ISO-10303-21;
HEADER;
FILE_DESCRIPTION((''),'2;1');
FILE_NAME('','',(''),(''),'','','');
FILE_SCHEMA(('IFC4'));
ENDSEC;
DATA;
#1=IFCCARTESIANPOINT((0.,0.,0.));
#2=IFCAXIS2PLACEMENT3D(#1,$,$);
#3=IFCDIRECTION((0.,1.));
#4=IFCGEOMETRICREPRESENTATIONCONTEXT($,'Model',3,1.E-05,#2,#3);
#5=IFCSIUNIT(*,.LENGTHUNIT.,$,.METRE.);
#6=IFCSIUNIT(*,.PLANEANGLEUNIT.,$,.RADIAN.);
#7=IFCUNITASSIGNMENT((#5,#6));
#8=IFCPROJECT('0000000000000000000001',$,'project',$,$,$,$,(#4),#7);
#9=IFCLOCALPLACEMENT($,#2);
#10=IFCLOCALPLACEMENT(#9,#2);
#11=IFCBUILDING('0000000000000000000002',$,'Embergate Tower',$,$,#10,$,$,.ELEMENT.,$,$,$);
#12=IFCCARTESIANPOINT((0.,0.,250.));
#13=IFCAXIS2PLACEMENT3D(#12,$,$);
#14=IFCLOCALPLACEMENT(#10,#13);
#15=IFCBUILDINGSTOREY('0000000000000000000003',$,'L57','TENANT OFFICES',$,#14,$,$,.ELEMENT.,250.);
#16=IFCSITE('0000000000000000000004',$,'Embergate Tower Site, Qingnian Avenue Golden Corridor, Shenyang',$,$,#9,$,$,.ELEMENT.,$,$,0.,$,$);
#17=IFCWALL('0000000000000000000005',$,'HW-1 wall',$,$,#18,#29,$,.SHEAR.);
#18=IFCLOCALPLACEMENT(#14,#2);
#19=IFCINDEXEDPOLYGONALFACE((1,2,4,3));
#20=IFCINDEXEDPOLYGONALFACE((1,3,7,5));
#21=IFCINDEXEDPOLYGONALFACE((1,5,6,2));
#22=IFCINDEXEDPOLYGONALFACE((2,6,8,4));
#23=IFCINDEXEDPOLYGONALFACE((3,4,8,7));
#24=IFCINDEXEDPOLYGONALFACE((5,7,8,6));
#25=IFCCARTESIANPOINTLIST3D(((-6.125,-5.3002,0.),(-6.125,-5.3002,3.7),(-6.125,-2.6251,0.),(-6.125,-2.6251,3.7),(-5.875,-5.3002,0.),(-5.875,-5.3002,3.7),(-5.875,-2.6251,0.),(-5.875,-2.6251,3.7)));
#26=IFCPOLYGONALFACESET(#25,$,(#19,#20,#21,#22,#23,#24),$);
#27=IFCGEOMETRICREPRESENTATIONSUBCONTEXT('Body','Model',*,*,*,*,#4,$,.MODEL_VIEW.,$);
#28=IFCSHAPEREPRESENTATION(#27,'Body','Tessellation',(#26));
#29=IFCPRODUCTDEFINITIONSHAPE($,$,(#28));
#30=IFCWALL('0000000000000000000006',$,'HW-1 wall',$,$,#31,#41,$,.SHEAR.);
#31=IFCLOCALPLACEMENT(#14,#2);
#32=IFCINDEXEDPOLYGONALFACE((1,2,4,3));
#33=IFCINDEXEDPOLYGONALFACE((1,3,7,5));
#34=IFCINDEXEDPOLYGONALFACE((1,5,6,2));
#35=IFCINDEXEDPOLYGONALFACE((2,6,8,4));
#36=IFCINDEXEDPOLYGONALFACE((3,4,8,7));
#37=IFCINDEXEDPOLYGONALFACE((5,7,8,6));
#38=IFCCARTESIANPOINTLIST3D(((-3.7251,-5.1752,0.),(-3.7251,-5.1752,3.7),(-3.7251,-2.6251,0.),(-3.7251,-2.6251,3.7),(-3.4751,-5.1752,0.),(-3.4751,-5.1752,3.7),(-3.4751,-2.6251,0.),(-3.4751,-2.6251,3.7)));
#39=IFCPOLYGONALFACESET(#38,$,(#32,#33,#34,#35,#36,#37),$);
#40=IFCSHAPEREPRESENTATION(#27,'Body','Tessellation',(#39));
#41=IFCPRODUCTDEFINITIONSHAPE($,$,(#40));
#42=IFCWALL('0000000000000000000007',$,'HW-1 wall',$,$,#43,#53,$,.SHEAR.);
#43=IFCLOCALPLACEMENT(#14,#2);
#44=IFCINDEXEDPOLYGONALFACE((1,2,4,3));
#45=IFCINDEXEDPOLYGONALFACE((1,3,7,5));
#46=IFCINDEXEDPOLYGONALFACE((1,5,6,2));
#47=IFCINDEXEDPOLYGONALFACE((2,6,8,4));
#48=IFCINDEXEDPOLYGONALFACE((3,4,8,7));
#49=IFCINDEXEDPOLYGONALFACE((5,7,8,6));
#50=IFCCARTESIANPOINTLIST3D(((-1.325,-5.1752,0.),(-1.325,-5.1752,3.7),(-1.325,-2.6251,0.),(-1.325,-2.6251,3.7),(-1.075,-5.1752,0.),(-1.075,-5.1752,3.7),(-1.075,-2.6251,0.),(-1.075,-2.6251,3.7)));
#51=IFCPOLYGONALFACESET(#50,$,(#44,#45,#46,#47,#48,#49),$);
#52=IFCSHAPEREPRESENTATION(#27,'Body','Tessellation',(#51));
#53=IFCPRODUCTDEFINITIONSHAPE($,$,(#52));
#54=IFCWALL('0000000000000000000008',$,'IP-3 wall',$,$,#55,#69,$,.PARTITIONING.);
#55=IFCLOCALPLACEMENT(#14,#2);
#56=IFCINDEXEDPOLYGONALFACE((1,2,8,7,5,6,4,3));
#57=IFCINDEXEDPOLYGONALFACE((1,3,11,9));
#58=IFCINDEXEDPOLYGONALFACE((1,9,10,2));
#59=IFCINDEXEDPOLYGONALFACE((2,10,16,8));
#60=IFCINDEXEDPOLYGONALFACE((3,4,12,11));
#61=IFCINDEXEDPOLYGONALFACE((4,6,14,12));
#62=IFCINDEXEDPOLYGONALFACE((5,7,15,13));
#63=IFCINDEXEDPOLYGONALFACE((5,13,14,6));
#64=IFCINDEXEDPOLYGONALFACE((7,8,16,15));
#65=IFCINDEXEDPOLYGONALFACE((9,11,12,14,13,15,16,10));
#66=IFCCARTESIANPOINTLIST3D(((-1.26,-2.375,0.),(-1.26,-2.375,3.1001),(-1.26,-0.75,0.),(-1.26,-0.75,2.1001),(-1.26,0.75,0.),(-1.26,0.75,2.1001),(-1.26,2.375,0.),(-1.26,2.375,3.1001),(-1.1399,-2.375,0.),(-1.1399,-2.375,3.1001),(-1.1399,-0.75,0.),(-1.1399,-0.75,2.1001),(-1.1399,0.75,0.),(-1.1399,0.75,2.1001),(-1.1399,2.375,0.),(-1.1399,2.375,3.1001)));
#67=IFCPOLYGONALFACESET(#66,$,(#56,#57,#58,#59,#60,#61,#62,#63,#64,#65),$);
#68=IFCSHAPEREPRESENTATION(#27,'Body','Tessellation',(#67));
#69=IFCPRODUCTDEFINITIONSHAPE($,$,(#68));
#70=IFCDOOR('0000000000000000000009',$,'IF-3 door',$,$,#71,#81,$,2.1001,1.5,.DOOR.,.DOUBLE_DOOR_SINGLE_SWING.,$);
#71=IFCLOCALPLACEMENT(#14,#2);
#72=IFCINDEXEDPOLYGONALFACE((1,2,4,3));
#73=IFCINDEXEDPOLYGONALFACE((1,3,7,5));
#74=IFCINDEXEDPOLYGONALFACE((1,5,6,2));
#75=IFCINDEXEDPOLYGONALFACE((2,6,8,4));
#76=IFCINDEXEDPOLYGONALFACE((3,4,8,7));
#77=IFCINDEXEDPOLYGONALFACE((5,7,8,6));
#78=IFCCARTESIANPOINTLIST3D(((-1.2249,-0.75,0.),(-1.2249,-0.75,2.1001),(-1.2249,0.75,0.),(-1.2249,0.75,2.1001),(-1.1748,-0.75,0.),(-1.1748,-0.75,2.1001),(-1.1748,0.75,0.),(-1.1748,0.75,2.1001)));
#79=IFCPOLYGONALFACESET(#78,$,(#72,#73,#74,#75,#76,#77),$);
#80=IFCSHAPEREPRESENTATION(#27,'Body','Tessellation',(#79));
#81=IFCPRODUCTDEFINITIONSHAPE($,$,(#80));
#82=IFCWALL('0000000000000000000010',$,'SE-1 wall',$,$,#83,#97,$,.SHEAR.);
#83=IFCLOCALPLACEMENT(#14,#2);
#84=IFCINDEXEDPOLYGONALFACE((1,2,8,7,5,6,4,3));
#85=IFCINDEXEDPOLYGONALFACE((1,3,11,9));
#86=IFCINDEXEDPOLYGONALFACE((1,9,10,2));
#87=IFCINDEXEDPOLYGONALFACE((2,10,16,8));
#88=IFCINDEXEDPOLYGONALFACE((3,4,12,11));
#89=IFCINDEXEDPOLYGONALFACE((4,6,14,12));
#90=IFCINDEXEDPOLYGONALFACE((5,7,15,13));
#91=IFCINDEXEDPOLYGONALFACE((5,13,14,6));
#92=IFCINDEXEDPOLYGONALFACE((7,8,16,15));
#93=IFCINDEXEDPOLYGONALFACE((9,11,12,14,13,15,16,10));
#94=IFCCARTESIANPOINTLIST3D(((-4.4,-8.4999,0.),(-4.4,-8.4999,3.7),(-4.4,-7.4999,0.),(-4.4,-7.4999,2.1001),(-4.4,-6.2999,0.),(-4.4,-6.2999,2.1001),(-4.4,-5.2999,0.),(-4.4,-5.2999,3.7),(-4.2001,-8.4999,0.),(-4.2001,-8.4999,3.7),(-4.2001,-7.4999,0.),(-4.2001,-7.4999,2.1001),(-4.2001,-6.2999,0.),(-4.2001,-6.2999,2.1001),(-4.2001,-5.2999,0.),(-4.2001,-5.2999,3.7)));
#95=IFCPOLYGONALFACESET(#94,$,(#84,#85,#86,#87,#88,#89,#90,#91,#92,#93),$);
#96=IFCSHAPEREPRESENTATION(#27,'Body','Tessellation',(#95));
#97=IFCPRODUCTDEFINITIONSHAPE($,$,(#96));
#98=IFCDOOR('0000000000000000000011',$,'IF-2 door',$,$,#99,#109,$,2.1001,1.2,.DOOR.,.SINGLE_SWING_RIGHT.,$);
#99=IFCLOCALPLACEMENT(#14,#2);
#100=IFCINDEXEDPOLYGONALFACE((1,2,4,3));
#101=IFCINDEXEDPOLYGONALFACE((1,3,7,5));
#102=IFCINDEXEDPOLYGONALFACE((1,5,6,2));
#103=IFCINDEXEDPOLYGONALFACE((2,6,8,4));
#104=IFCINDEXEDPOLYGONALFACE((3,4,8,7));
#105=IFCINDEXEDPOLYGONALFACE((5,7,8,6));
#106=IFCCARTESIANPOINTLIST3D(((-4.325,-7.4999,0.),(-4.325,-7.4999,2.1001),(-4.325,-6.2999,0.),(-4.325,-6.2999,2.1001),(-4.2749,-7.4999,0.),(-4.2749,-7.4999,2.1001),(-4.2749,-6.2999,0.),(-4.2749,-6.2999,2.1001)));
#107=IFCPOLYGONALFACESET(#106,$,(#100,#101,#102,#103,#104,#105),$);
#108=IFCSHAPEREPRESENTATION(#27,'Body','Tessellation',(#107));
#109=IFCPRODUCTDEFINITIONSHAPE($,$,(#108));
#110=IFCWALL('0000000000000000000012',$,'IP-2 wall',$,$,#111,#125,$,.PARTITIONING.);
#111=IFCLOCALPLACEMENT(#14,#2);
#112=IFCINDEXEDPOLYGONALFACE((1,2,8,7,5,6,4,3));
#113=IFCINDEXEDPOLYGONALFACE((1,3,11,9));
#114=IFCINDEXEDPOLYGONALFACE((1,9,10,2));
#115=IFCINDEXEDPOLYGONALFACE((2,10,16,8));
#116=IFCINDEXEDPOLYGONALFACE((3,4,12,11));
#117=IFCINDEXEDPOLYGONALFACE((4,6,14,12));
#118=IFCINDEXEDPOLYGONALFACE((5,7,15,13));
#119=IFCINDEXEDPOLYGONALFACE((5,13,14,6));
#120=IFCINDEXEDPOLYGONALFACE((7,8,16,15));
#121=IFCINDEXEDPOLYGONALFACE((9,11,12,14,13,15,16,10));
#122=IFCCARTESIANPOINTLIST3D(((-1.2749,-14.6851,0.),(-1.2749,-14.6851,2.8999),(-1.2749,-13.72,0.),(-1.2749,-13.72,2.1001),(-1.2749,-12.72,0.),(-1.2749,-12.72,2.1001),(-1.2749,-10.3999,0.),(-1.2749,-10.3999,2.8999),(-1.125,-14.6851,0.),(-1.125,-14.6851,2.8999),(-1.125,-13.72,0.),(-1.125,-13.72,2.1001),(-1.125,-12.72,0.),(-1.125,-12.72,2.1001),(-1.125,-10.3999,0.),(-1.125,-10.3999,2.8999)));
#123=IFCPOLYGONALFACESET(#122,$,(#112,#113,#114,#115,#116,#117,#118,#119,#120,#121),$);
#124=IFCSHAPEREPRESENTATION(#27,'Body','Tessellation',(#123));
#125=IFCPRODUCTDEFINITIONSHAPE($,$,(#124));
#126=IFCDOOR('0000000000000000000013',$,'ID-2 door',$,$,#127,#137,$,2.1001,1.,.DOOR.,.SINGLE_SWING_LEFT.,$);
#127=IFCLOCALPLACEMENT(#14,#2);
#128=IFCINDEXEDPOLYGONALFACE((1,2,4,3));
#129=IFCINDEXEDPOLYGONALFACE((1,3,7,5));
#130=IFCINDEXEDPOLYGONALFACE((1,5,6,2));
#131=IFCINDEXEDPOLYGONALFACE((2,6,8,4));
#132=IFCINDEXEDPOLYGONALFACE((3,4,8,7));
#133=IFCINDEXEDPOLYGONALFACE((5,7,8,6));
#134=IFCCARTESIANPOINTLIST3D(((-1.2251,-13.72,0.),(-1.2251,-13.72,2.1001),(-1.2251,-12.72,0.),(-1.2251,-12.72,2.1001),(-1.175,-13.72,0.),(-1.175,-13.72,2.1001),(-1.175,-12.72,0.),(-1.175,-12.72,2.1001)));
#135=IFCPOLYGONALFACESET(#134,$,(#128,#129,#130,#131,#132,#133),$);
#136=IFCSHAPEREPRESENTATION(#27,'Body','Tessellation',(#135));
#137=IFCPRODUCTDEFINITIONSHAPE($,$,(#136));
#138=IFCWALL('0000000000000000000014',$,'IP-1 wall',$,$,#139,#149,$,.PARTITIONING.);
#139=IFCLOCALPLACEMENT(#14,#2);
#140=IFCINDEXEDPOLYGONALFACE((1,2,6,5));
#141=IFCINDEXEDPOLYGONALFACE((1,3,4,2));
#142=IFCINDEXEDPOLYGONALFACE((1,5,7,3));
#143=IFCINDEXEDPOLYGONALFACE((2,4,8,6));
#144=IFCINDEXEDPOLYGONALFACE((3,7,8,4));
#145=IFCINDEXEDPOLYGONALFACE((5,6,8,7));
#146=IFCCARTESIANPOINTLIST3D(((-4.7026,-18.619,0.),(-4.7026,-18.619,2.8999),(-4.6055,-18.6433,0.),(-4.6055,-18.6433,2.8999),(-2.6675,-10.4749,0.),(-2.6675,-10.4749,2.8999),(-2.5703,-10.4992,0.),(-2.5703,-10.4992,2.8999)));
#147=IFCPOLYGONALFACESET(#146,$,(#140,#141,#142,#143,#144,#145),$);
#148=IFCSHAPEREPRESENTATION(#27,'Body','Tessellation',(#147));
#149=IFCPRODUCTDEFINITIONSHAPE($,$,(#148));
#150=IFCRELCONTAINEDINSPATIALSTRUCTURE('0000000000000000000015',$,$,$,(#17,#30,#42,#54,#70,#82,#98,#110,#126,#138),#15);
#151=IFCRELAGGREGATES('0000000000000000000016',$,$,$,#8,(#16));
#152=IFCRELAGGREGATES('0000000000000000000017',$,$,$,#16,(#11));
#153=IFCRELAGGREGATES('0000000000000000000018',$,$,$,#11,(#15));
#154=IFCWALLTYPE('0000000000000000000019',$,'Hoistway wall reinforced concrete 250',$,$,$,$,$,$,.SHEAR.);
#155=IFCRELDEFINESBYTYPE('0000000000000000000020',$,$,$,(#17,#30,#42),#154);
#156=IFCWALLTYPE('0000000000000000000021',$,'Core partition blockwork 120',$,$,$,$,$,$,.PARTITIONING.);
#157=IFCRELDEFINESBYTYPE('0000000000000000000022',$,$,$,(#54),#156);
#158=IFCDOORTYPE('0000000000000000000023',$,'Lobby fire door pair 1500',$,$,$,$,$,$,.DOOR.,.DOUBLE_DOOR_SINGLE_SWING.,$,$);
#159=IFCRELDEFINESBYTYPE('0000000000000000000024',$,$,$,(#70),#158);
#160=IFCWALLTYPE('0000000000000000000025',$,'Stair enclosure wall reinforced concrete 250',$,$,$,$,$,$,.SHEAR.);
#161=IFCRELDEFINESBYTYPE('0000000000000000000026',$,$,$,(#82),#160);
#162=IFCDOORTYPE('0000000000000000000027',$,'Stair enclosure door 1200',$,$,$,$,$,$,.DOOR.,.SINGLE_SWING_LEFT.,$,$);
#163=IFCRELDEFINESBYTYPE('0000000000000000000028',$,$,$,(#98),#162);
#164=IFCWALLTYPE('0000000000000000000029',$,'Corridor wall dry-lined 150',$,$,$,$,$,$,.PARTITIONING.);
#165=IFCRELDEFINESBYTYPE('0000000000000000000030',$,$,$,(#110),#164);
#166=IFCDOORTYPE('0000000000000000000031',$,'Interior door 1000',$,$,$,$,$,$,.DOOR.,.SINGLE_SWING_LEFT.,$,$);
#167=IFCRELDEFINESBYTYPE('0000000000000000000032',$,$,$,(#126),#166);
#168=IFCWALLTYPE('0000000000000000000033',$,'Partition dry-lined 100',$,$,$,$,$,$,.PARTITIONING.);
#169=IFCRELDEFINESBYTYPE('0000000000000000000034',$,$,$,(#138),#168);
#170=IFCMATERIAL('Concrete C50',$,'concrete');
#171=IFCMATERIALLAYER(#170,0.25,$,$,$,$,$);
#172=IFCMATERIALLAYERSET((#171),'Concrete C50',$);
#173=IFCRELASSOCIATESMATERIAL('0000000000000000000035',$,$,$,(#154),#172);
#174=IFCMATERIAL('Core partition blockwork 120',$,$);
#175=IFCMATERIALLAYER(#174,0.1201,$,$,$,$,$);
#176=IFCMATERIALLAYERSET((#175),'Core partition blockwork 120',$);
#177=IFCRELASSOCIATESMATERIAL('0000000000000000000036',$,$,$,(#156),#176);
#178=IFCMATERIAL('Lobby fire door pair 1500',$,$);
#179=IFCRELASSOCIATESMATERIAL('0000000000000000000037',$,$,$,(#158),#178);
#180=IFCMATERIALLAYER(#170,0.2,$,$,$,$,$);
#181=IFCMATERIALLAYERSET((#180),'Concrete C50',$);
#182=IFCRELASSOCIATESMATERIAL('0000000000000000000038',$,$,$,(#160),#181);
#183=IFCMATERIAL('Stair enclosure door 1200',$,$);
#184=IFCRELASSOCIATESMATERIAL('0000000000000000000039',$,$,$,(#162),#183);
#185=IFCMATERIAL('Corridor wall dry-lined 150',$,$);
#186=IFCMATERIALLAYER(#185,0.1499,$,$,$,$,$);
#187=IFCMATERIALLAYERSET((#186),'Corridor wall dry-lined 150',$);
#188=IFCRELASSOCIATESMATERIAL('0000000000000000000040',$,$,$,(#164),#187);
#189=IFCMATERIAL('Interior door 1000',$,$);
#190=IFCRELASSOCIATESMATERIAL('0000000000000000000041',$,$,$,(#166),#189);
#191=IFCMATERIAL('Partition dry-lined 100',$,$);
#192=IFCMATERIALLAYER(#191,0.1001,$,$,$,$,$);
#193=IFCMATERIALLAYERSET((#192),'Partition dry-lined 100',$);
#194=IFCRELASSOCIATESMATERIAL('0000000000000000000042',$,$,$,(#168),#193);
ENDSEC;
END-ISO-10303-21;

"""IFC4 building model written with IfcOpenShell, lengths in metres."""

from ifc_helpers import new_model, si_unit, direction, frame, frame_2d, origin, place, context, subcontext, project, spatial, rectangle, extrude, source, transform, mapped, material, layer, layer_set, type_object, element, fill, save


model = new_model("IFC4")

# Units and contexts
model_context = context("Model", 3, precision=1e-05, world=origin(), true_north=direction((0.0, 1.0)))
body_context = subcontext(model_context, "Body", "Model", "MODEL_VIEW")
ifc_project = project(units=[si_unit("LENGTHUNIT", "METRE"), si_unit("PLANEANGLEUNIT", "RADIAN")], contexts=[model_context])

# Site, building, storey
site_placement = place(None, origin())
site = spatial("IfcSite", under=ifc_project, at=site_placement, Name="Embergate Tower Site, Qingnian Avenue Golden Corridor, Shenyang", CompositionType="ELEMENT", RefElevation=0.0)
building_placement = place(site_placement, origin())
building = spatial("IfcBuilding", under=site, at=building_placement, Name="Embergate Tower", CompositionType="ELEMENT")
storey_placement = place(building_placement, frame((0.0, 0.0, 250.0)))
storey = spatial("IfcBuildingStorey", under=building, at=storey_placement, Name="L57", Description="TENANT OFFICES", CompositionType="ELEMENT", Elevation=250.0)

# Walls
ifc_material_1 = material(Name="Concrete C50", Category="concrete")
ifc_layer_1 = layer(ifc_material_1, 0.25)
ifc_layer_set_1 = layer_set([ifc_layer_1], Name="Concrete C50")
wall_type_1 = type_object("IfcWallType", Name="Hoistway wall reinforced concrete 250", PredefinedType="SHEAR", material=ifc_layer_set_1)
shared_shape_1 = source(origin(), body_context, "Body", "SweptSolid", [
    extrude(rectangle(XDim=2.675, YDim=0.25, at=frame_2d((1.3374, 0.0))), origin(), (0.0, 0.0, 1.0), 3.7),
])
wall_1_placement = place(storey_placement, frame((-6.0, -5.3, 0.0), z_axis=(0.0, 0.0, 1.0), x_axis=(0.0, 1.0, 0.0)))
element("IfcWall", 1, at=wall_1_placement, inside=storey, type_object=wall_type_1, Name="HW-1 wall", PredefinedType="SHEAR", context=body_context, shape_type="MappedRepresentation", body=[
    mapped(shared_shape_1, transform((0.0, 0.0, 0.0))),
])
shared_shape_2 = source(origin(), body_context, "Body", "SweptSolid", [
    extrude(rectangle(XDim=2.55, YDim=0.25, at=frame_2d((1.2749, 0.0))), origin(), (0.0, 0.0, 1.0), 3.7),
])
for number, where, z_axis, x_axis, name in (
    (2, (-3.6001, -5.175, 0.0), (0.0, 0.0, 1.0), (0.0, 1.0, 0.0), "HW-1 wall"),
    (3, (-1.2, -5.175, 0.0), (0.0, 0.0, 1.0), (0.0, 1.0, 0.0), "HW-1 wall"),
):
    element("IfcWall", number, at=place(storey_placement, frame(where, z_axis=z_axis, x_axis=x_axis)), inside=storey, type_object=wall_type_1, Name=name, PredefinedType="SHEAR", context=body_context, shape_type="MappedRepresentation", body=[
        mapped(shared_shape_2, transform((0.0, 0.0, 0.0))),
    ])

# Walls, openings, doors
ifc_material_2 = material(Name="Core partition blockwork 120")
ifc_layer_2 = layer(ifc_material_2, 0.1201)
ifc_layer_set_2 = layer_set([ifc_layer_2], Name="Core partition blockwork 120")
wall_type_2 = type_object("IfcWallType", Name="Core partition blockwork 120", PredefinedType="PARTITIONING", material=ifc_layer_set_2)
shared_shape_3 = source(origin(), body_context, "Body", "SweptSolid", [
    extrude(rectangle(XDim=4.75, YDim=0.1201, at=frame_2d((2.375, 0.0))), origin(), (0.0, 0.0, 1.0), 3.1001),
])
wall_2_placement = place(storey_placement, frame((-1.2, -2.375, 0.0), z_axis=(0.0, 0.0, 1.0), x_axis=(0.0, 1.0, 0.0)))
wall_2 = element("IfcWall", 4, at=wall_2_placement, inside=storey, type_object=wall_type_2, Name="IP-3 wall", PredefinedType="PARTITIONING", context=body_context, shape_type="MappedRepresentation", body=[
    mapped(shared_shape_3, transform((0.0, 0.0, 0.0))),
])
shared_shape_4 = source(origin(), body_context, "Body", "SweptSolid", [
    extrude(rectangle(XDim=1.5, YDim=2.1001, at=frame_2d((0.75, 1.05))), frame((0.0, 0.0701, 0.0), z_axis=(0.0, -1.0, 0.0), x_axis=(1.0, 0.0, 0.0)), (0.0, 0.0, 1.0), 0.1401),
])
opening_1_placement = place(wall_2_placement, frame((1.625, 0.0, 0.0)))
opening_1 = element("IfcOpeningElement", 5, at=opening_1_placement, cuts=wall_2, PredefinedType="OPENING", context=body_context, shape_type="MappedRepresentation", body=[
    mapped(shared_shape_4, transform((0.0, 0.0, 0.0))),
])
ifc_material_3 = material(Name="Lobby fire door pair 1500")
door_type_1 = type_object("IfcDoorType", Name="Lobby fire door pair 1500", OperationType="DOUBLE_DOOR_SINGLE_SWING", PredefinedType="DOOR", material=ifc_material_3)
shared_shape_5 = source(origin(), body_context, "Body", "SweptSolid", [
    extrude(rectangle(XDim=1.5, YDim=2.1001, at=frame_2d((0.75, 1.05))), frame((0.0, 0.0249, 0.0), z_axis=(0.0, -1.0, 0.0), x_axis=(1.0, 0.0, 0.0)), (0.0, 0.0, 1.0), 0.05),
])
door_1_placement = place(opening_1_placement, origin())
door_1 = element("IfcDoor", 6, at=door_1_placement, inside=storey, type_object=door_type_1, Name="IF-3 door", OperationType="DOUBLE_DOOR_SINGLE_SWING", OverallHeight=2.1001, OverallWidth=1.5, PredefinedType="DOOR", context=body_context, shape_type="MappedRepresentation", body=[
    mapped(shared_shape_5, transform((0.0, 0.0, 0.0))),
])
fill(opening_1, door_1)
ifc_layer_3 = layer(ifc_material_1, 0.2)
ifc_layer_set_3 = layer_set([ifc_layer_3], Name="Concrete C50")
wall_type_3 = type_object("IfcWallType", Name="Stair enclosure wall reinforced concrete 250", PredefinedType="SHEAR", material=ifc_layer_set_3)
shared_shape_6 = source(origin(), body_context, "Body", "SweptSolid", [
    extrude(rectangle(XDim=3.2, YDim=0.2, at=frame_2d((1.6001, 0.0))), origin(), (0.0, 0.0, 1.0), 3.7),
])
wall_3_placement = place(storey_placement, frame((-4.3, -8.5, 0.0), z_axis=(0.0, 0.0, 1.0), x_axis=(0.0, 1.0, 0.0)))
wall_3 = element("IfcWall", 7, at=wall_3_placement, inside=storey, type_object=wall_type_3, Name="SE-1 wall", PredefinedType="SHEAR", context=body_context, shape_type="MappedRepresentation", body=[
    mapped(shared_shape_6, transform((0.0, 0.0, 0.0))),
])
shared_shape_7 = source(origin(), body_context, "Body", "SweptSolid", [
    extrude(rectangle(XDim=1.2, YDim=2.1001, at=frame_2d((0.6001, 1.05))), frame((0.0, 0.1099, 0.0), z_axis=(0.0, -1.0, 0.0), x_axis=(1.0, 0.0, 0.0)), (0.0, 0.0, 1.0), 0.22),
])
opening_2_placement = place(wall_3_placement, frame((1.0, 0.0, 0.0)))
opening_2 = element("IfcOpeningElement", 8, at=opening_2_placement, cuts=wall_3, PredefinedType="OPENING", context=body_context, shape_type="MappedRepresentation", body=[
    mapped(shared_shape_7, transform((0.0, 0.0, 0.0))),
])
ifc_material_4 = material(Name="Stair enclosure door 1200")
door_type_2 = type_object("IfcDoorType", Name="Stair enclosure door 1200", OperationType="SINGLE_SWING_LEFT", PredefinedType="DOOR", material=ifc_material_4)
shared_shape_8 = source(origin(), body_context, "Body", "SweptSolid", [
    extrude(rectangle(XDim=1.2, YDim=2.1001, at=frame_2d((0.6001, 1.05))), frame((0.0, 0.0249, 0.0), z_axis=(0.0, -1.0, 0.0), x_axis=(1.0, 0.0, 0.0)), (0.0, 0.0, 1.0), 0.05),
])
door_2_placement = place(opening_2_placement, origin())
door_2 = element("IfcDoor", 9, at=door_2_placement, inside=storey, type_object=door_type_2, Name="IF-2 door", OperationType="SINGLE_SWING_RIGHT", OverallHeight=2.1001, OverallWidth=1.2, PredefinedType="DOOR", context=body_context, shape_type="MappedRepresentation", body=[
    mapped(shared_shape_8, transform((0.0, 0.0, 0.0))),
])
fill(opening_2, door_2)
ifc_material_5 = material(Name="Corridor wall dry-lined 150")
ifc_layer_4 = layer(ifc_material_5, 0.1499)
ifc_layer_set_4 = layer_set([ifc_layer_4], Name="Corridor wall dry-lined 150")
wall_type_4 = type_object("IfcWallType", Name="Corridor wall dry-lined 150", PredefinedType="PARTITIONING", material=ifc_layer_set_4)
shared_shape_9 = source(origin(), body_context, "Body", "SweptSolid", [
    extrude(rectangle(XDim=4.2852, YDim=0.1499, at=frame_2d((2.1426, 0.0))), origin(), (0.0, 0.0, 1.0), 2.8999),
])
wall_4_placement = place(storey_placement, frame((-1.2, -10.3999, 0.0), z_axis=(0.0, 0.0, 1.0), x_axis=(0.0, -1.0, 0.0)))
wall_4 = element("IfcWall", 10, at=wall_4_placement, inside=storey, type_object=wall_type_4, Name="IP-2 wall", PredefinedType="PARTITIONING", context=body_context, shape_type="MappedRepresentation", body=[
    mapped(shared_shape_9, transform((0.0, 0.0, 0.0))),
])
shared_shape_10 = source(origin(), body_context, "Body", "SweptSolid", [
    extrude(rectangle(XDim=1.0, YDim=2.1001, at=frame_2d((0.5, 1.05))), frame((0.0, 0.085, 0.0), z_axis=(0.0, -1.0, 0.0), x_axis=(1.0, 0.0, 0.0)), (0.0, 0.0, 1.0), 0.1699),
])
opening_3_placement = place(wall_4_placement, frame((2.3201, 0.0, 0.0)))
opening_3 = element("IfcOpeningElement", 11, at=opening_3_placement, cuts=wall_4, PredefinedType="OPENING", context=body_context, shape_type="MappedRepresentation", body=[
    mapped(shared_shape_10, transform((0.0, 0.0, 0.0))),
])
ifc_material_6 = material(Name="Interior door 1000")
door_type_3 = type_object("IfcDoorType", Name="Interior door 1000", OperationType="SINGLE_SWING_LEFT", PredefinedType="DOOR", material=ifc_material_6)
shared_shape_11 = source(origin(), body_context, "Body", "SweptSolid", [
    extrude(rectangle(XDim=1.0, YDim=2.1001, at=frame_2d((0.5, 1.05))), frame((0.0, 0.0249, 0.0), z_axis=(0.0, -1.0, 0.0), x_axis=(1.0, 0.0, 0.0)), (0.0, 0.0, 1.0), 0.05),
])
door_3_placement = place(opening_3_placement, origin())
door_3 = element("IfcDoor", 12, at=door_3_placement, inside=storey, type_object=door_type_3, Name="ID-2 door", OperationType="SINGLE_SWING_LEFT", OverallHeight=2.1001, OverallWidth=1.0, PredefinedType="DOOR", context=body_context, shape_type="MappedRepresentation", body=[
    mapped(shared_shape_11, transform((0.0, 0.0, 0.0))),
])
fill(opening_3, door_3)

# Wall
ifc_material_7 = material(Name="Partition dry-lined 100")
ifc_layer_5 = layer(ifc_material_7, 0.1001)
ifc_layer_set_5 = layer_set([ifc_layer_5], Name="Partition dry-lined 100")
wall_type_5 = type_object("IfcWallType", Name="Partition dry-lined 100", PredefinedType="PARTITIONING", material=ifc_layer_set_5)
shared_shape_12 = source(origin(), body_context, "Body", "SweptSolid", [
    extrude(rectangle(XDim=8.3945, YDim=0.1001, at=frame_2d((4.1973, 0.0))), origin(), (0.0, 0.0, 1.0), 2.8999),
])
wall_5_placement = place(storey_placement, frame((-2.6189, -10.4871, 0.0), z_axis=(0.0, 0.0, 1.0), x_axis=(-0.24244, -0.970166, 0.0)))
element("IfcWall", 13, at=wall_5_placement, inside=storey, type_object=wall_type_5, Name="IP-1 wall", PredefinedType="PARTITIONING", context=body_context, shape_type="MappedRepresentation", body=[
    mapped(shared_shape_12, transform((0.0, 0.0, 0.0))),
])

save(model, "model.ifc")
